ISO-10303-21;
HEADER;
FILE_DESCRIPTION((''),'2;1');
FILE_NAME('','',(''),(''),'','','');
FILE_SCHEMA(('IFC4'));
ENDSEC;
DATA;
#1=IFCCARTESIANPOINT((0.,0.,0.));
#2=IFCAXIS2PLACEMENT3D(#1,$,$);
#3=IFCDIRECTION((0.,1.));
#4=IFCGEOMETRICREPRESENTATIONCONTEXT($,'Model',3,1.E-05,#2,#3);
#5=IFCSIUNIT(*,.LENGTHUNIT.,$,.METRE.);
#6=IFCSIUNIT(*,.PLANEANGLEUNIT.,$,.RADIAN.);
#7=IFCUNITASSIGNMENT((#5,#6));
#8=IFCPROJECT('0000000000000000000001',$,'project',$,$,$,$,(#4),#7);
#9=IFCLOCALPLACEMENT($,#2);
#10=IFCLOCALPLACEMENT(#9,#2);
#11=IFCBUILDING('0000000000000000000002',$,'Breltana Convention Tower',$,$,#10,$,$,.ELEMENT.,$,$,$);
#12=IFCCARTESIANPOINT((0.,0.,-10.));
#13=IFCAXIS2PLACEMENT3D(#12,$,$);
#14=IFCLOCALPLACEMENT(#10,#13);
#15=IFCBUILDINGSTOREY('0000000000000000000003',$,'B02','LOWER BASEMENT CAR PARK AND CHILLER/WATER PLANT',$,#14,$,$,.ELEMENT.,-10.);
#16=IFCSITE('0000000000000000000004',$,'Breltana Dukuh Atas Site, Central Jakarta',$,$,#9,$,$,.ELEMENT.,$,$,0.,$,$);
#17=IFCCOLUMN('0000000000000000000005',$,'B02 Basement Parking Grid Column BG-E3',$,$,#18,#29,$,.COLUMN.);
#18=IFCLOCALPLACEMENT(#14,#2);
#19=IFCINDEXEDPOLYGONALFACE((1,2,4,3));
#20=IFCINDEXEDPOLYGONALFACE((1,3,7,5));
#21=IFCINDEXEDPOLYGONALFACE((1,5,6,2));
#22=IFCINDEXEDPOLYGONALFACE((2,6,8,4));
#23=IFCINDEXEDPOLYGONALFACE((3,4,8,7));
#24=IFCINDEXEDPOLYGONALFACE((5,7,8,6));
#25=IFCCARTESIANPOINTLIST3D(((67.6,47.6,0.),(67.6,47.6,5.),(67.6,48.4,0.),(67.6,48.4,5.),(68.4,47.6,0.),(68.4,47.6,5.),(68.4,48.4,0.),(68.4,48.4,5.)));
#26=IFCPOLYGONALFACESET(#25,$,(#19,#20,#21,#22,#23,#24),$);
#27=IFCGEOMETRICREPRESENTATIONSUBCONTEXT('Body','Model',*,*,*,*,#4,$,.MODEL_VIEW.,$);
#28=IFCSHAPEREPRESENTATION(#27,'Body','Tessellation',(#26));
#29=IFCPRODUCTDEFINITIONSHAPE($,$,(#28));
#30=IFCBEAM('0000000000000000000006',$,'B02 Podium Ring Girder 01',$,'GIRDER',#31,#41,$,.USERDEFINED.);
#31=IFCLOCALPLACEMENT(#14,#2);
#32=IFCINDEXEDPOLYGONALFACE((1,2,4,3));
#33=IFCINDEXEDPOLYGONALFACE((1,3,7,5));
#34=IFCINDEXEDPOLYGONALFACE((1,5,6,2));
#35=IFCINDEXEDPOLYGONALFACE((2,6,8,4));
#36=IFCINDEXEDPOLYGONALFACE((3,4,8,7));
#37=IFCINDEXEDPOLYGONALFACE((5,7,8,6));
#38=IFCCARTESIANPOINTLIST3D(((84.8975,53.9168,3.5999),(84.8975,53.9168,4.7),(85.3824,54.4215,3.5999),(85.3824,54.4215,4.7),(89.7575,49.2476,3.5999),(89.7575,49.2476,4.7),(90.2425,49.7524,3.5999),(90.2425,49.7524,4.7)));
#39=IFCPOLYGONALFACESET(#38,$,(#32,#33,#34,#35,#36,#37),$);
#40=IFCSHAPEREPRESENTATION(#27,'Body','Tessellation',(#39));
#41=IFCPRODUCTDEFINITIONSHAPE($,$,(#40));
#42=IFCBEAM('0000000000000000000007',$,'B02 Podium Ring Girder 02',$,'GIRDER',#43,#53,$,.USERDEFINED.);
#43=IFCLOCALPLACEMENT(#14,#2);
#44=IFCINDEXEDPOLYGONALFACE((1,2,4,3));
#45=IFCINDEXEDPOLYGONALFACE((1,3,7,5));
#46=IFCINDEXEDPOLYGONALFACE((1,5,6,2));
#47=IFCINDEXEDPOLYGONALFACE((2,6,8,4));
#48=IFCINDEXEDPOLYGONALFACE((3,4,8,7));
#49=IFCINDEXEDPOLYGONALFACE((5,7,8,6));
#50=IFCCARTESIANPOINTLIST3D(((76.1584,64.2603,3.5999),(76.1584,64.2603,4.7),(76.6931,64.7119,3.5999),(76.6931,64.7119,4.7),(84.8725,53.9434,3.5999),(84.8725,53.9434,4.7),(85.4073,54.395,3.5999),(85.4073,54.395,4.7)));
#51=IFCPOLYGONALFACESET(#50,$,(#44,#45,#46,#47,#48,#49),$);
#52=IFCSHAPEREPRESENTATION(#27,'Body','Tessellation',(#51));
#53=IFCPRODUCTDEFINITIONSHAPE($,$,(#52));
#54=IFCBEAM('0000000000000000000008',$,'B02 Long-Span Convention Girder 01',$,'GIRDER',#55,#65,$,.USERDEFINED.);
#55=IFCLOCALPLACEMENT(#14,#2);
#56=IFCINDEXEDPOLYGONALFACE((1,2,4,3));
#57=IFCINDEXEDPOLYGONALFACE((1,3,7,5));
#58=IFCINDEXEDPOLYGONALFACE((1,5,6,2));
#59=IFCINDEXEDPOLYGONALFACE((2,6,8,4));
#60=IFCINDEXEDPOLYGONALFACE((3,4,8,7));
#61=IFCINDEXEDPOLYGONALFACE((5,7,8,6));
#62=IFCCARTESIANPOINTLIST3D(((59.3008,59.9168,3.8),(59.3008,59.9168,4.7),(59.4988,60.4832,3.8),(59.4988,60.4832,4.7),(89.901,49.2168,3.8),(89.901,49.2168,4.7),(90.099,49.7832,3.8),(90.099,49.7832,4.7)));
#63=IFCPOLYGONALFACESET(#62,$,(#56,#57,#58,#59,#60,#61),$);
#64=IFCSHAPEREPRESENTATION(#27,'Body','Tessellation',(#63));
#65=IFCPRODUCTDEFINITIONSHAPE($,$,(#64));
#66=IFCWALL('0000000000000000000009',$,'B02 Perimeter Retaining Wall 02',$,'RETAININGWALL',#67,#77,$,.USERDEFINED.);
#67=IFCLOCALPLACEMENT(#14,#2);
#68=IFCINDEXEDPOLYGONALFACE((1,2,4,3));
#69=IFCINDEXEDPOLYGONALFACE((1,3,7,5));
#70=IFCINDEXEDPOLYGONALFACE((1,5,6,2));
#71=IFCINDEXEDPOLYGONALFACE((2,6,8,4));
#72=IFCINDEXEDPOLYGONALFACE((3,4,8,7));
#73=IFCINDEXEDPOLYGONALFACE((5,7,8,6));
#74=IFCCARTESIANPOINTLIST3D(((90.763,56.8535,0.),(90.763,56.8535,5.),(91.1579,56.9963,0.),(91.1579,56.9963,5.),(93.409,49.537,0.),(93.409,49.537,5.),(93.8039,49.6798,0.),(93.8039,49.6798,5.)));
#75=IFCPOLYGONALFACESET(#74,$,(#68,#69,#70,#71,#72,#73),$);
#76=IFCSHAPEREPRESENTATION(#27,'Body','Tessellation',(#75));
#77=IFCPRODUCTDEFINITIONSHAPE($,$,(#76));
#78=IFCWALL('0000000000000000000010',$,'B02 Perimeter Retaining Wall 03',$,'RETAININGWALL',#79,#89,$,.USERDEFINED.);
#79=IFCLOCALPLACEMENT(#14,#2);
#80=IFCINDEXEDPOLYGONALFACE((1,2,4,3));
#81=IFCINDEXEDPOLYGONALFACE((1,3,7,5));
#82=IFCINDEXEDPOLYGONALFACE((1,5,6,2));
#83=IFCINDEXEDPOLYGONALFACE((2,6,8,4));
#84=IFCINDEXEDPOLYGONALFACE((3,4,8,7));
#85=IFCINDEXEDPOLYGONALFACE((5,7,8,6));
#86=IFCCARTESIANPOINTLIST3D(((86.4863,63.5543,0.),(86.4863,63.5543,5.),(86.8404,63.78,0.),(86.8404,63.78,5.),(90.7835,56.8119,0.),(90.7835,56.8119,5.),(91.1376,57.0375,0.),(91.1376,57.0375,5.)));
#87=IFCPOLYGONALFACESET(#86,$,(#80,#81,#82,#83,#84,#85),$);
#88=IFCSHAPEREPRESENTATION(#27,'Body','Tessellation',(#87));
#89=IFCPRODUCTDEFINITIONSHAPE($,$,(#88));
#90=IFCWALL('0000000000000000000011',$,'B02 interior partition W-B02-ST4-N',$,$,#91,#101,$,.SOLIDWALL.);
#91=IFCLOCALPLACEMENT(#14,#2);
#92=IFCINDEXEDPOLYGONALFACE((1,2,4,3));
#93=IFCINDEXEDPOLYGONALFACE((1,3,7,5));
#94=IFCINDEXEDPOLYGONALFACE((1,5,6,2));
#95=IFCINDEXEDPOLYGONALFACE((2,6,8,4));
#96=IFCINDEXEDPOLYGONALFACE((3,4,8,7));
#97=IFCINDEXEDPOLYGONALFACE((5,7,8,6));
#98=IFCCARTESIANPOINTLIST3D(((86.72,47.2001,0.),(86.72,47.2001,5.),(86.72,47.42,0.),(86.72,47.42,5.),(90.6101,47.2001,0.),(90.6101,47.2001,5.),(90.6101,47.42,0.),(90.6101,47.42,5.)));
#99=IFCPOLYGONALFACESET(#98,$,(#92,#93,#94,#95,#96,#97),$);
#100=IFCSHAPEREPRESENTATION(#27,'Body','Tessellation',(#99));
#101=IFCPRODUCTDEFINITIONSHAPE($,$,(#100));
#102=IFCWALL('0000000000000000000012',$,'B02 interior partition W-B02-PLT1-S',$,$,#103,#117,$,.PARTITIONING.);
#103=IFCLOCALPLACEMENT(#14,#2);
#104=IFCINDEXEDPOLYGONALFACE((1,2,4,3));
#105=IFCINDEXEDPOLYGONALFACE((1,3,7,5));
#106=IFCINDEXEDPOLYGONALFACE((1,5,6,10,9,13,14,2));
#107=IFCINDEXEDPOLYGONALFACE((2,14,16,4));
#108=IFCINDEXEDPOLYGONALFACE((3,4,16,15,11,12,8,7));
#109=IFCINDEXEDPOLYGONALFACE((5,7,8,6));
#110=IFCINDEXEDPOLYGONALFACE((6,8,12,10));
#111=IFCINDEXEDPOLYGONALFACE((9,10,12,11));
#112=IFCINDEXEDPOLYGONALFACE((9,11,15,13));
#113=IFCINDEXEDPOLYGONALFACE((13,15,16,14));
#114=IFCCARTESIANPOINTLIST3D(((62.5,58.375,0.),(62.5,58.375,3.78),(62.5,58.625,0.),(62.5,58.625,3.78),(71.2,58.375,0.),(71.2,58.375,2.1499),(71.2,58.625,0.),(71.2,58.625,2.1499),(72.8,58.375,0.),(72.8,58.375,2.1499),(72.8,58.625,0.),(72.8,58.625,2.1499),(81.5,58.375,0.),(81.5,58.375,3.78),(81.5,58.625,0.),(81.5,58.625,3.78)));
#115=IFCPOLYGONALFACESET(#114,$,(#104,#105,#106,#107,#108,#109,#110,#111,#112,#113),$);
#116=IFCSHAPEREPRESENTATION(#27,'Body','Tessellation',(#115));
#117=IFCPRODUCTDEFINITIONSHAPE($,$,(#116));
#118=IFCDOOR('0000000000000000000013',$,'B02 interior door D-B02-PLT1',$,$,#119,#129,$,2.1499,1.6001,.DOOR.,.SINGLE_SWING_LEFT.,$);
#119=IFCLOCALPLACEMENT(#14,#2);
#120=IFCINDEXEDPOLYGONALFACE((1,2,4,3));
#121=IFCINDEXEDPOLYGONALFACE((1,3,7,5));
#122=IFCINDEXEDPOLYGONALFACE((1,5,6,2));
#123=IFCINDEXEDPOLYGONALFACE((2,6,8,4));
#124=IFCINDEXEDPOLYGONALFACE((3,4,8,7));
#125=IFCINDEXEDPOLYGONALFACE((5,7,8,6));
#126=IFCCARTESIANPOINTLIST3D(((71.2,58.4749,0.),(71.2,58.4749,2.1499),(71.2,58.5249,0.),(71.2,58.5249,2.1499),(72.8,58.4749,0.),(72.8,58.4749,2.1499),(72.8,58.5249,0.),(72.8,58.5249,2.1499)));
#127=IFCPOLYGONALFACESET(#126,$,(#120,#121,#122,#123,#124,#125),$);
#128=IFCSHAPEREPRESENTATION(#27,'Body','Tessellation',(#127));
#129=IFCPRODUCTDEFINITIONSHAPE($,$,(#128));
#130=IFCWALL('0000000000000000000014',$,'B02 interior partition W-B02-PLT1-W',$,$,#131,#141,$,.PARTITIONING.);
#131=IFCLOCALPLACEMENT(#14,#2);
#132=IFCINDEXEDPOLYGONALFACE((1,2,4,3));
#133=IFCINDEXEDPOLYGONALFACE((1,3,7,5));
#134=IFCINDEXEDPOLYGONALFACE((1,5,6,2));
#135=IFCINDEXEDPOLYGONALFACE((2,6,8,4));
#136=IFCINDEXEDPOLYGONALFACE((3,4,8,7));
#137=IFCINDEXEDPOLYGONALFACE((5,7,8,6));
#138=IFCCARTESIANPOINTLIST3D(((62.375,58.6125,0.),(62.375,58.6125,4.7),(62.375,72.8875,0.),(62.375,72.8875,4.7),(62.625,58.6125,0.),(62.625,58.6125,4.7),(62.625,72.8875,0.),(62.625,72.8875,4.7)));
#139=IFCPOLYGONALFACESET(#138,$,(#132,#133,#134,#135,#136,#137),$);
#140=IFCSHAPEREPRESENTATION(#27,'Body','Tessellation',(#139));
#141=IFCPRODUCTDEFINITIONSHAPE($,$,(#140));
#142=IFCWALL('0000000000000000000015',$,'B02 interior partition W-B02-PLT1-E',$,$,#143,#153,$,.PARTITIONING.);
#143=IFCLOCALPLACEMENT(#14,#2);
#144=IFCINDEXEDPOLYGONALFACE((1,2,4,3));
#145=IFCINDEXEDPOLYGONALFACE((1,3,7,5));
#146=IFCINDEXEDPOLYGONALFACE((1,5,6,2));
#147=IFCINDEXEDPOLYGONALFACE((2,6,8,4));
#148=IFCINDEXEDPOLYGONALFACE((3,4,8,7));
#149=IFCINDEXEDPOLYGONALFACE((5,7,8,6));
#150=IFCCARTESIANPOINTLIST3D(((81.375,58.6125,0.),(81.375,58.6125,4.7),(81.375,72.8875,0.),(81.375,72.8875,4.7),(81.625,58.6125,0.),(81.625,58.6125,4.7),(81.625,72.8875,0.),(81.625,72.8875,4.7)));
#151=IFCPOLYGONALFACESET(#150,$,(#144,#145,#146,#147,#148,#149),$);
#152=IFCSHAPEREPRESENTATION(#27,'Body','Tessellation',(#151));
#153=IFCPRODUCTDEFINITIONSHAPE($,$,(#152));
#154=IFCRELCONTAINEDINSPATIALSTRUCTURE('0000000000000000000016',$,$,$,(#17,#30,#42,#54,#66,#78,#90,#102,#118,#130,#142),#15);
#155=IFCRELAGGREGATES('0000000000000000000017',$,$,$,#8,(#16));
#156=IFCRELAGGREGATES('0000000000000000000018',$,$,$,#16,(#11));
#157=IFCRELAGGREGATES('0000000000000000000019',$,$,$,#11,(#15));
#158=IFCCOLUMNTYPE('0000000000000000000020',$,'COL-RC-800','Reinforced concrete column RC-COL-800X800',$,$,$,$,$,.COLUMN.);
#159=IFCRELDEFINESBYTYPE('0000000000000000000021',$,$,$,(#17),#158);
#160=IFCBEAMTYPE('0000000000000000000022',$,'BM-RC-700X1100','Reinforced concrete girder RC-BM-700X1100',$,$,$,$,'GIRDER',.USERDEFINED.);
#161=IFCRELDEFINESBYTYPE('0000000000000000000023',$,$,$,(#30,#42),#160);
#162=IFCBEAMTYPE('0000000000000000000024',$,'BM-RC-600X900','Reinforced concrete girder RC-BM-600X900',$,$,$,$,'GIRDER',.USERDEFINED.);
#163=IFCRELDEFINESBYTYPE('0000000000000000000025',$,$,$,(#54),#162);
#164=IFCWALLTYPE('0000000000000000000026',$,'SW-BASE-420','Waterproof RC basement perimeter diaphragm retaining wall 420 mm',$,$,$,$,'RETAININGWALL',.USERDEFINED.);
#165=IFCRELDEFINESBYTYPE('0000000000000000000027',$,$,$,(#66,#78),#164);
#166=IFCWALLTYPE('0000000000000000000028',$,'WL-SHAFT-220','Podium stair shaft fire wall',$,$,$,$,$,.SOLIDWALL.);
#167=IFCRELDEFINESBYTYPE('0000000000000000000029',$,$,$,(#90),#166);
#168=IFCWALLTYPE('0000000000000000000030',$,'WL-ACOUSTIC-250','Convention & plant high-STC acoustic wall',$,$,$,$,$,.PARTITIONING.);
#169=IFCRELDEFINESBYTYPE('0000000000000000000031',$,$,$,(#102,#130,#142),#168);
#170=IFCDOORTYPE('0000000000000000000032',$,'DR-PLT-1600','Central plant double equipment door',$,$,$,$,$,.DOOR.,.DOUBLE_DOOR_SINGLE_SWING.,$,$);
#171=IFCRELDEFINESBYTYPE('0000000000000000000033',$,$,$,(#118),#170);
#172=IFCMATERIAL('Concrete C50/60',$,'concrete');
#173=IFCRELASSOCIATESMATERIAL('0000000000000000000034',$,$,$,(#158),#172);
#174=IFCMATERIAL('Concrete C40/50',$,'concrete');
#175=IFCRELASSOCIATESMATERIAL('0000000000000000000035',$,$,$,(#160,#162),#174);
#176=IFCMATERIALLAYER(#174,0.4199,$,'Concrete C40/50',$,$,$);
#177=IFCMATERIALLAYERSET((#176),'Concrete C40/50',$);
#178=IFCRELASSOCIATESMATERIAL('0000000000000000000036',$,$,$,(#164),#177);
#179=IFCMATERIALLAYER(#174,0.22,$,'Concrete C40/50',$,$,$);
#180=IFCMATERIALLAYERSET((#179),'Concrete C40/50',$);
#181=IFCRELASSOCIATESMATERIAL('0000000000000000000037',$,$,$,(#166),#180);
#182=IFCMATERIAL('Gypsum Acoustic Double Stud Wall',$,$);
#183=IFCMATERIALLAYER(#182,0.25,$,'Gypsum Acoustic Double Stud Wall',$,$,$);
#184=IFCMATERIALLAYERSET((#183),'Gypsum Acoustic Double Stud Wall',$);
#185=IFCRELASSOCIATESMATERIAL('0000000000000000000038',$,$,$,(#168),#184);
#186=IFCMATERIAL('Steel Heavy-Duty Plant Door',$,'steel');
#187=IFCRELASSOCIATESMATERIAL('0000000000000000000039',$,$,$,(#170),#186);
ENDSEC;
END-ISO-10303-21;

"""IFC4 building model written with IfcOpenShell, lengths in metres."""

from ifc_helpers import new_model, si_unit, direction, frame, frame_2d, origin, origin_2d, place, context, subcontext, project, spatial, rectangle, extrude, source, transform, mapped, material, layer, layer_set, material_profile, profile_set, type_object, type_shapes, element, fill, save


model = new_model("IFC4")

# Units and contexts
model_context = context("Model", 3, precision=1e-05, world=origin(), true_north=direction((0.0, 1.0)))
body_context = subcontext(model_context, "Body", "Model", "MODEL_VIEW")
ifc_project = project(units=[si_unit("LENGTHUNIT", "METRE"), si_unit("PLANEANGLEUNIT", "RADIAN")], contexts=[model_context])

# Site, building, storey
site_placement = place(None, origin())
site = spatial("IfcSite", under=ifc_project, at=site_placement, Name="Breltana Dukuh Atas Site, Central Jakarta", CompositionType="ELEMENT", RefElevation=0.0)
building_placement = place(site_placement, origin())
building = spatial("IfcBuilding", under=site, at=building_placement, Name="Breltana Convention Tower", CompositionType="ELEMENT")
storey_placement = place(building_placement, frame((0.0, 0.0, -10.0)))
storey = spatial("IfcBuildingStorey", under=building, at=storey_placement, Name="B02", Description="LOWER BASEMENT CAR PARK AND CHILLER/WATER PLANT", CompositionType="ELEMENT", Elevation=-10.0)

# Shared definitions
ifc_material_1 = material(Name="Concrete C40/50", Category="concrete")

# Column
ifc_material_2 = material(Name="Concrete C50/60", Category="concrete")
ifc_material_profile_1 = material_profile(ifc_material_2, rectangle(XDim=0.8, YDim=0.8, at=origin_2d()), Name="RC-COL-800X800")
ifc_profile_set_1 = profile_set([ifc_material_profile_1], Name="Concrete C50/60")
column_type_1 = type_object("IfcColumnType", Name="COL-RC-800", Description="Reinforced concrete column RC-COL-800X800", PredefinedType="COLUMN", material=ifc_profile_set_1)
shared_shape_1 = source(origin(), body_context, "Body", "SweptSolid", [
    extrude(rectangle(XDim=0.8, YDim=0.8, at=origin_2d()), origin(), (0.0, 0.0, 1.0), 5.0),
])
type_shapes(column_type_1, [shared_shape_1])
column_placement = place(storey_placement, frame((68.0, 48.0, 0.0), z_axis=(0.0, 0.0, 1.0), x_axis=(1.0, 0.0, 0.0)))
element("IfcColumn", 1, at=column_placement, inside=storey, type_object=column_type_1, Name="B02 Basement Parking Grid Column BG-E3", PredefinedType="COLUMN", context=body_context, shape_type="MappedRepresentation", body=[
    mapped(shared_shape_1, transform((0.0, 0.0, 0.0), scale=1.0)),
])

# Beams
ifc_material_profile_2 = material_profile(ifc_material_1, rectangle(XDim=0.7, YDim=1.1001, at=origin_2d()), Name="RC-BM-700X1100")
ifc_profile_set_2 = profile_set([ifc_material_profile_2], Name="Concrete C40/50")
beam_type_1 = type_object("IfcBeamType", Name="BM-RC-700X1100", Description="Reinforced concrete girder RC-BM-700X1100", ElementType="GIRDER", PredefinedType="USERDEFINED", material=ifc_profile_set_2)
shared_shape_2 = source(origin(), body_context, "Body", "SweptSolid", [
    extrude(rectangle(XDim=0.7, YDim=1.1001, at=origin_2d()), origin(), (0.0, 0.0, 1.0), 6.7395),
])
type_shapes(beam_type_1, [shared_shape_2])
beam_1_placement = place(storey_placement, frame((90.0, 49.5, 4.1499), z_axis=(-0.721129, 0.692801, 0.0), x_axis=(-0.692801, -0.721129, 0.0)))
element("IfcBeam", 2, at=beam_1_placement, inside=storey, type_object=beam_type_1, Name="B02 Podium Ring Girder 01", ObjectType="GIRDER", PredefinedType="USERDEFINED", context=body_context, shape_type="MappedRepresentation", body=[
    mapped(shared_shape_2, transform((0.0, 0.0, 0.0), scale=1.0)),
])
shared_shape_3 = source(origin(), body_context, "Body", "SweptSolid", [
    extrude(rectangle(XDim=0.7, YDim=1.1001, at=origin_2d()), origin(), (0.0, 0.0, 1.0), 13.5046),
])
beam_2_placement = place(storey_placement, frame((85.1399, 54.1692, 4.1499), z_axis=(-0.64527, 0.763954, 0.0), x_axis=(-0.763954, -0.64527, 0.0)))
element("IfcBeam", 3, at=beam_2_placement, inside=storey, type_object=beam_type_1, Name="B02 Podium Ring Girder 02", ObjectType="GIRDER", PredefinedType="USERDEFINED", context=body_context, shape_type="MappedRepresentation", body=[
    mapped(shared_shape_3, transform((0.0, 0.0, 0.0), scale=1.0)),
])
ifc_material_profile_3 = material_profile(ifc_material_1, rectangle(XDim=0.6001, YDim=0.8999, at=origin_2d()), Name="RC-BM-600X900")
ifc_profile_set_3 = profile_set([ifc_material_profile_3], Name="Concrete C40/50")
beam_type_2 = type_object("IfcBeamType", Name="BM-RC-600X900", Description="Reinforced concrete girder RC-BM-600X900", ElementType="GIRDER", PredefinedType="USERDEFINED", material=ifc_profile_set_3)
shared_shape_4 = source(origin(), body_context, "Body", "SweptSolid", [
    extrude(rectangle(XDim=0.6001, YDim=0.8999, at=origin_2d()), origin(), (0.0, 0.0, 1.0), 32.417),
])
type_shapes(beam_type_2, [shared_shape_4])
beam_3_placement = place(storey_placement, frame((90.0, 49.5, 4.25), z_axis=(-0.943955, 0.330073, 0.0), x_axis=(-0.330073, -0.943955, 0.0)))
element("IfcBeam", 4, at=beam_3_placement, inside=storey, type_object=beam_type_2, Name="B02 Long-Span Convention Girder 01", ObjectType="GIRDER", PredefinedType="USERDEFINED", context=body_context, shape_type="MappedRepresentation", body=[
    mapped(shared_shape_4, transform((0.0, 0.0, 0.0), scale=1.0)),
])

# Walls
ifc_layer_1 = layer(ifc_material_1, 0.4199, Name="Concrete C40/50")
ifc_layer_set_1 = layer_set([ifc_layer_1], Name="Concrete C40/50")
wall_type_1 = type_object("IfcWallType", Name="SW-BASE-420", Description="Waterproof RC basement perimeter diaphragm retaining wall 420 mm", ElementType="RETAININGWALL", PredefinedType="USERDEFINED", material=ifc_layer_set_1)
shared_shape_5 = source(origin(), body_context, "Body", "SweptSolid", [
    extrude(rectangle(XDim=7.7803, YDim=0.4199, at=frame_2d((3.8901, 0.0))), origin(), (0.0, 0.0, 1.0), 5.0),
])
wall_1_placement = place(storey_placement, frame((93.6064, 49.6084, 0.0), z_axis=(0.0, 0.0, 1.0), x_axis=(-0.340095, 0.940391, 0.0)))
element("IfcWall", 5, at=wall_1_placement, inside=storey, type_object=wall_type_1, Name="B02 Perimeter Retaining Wall 02", ObjectType="RETAININGWALL", PredefinedType="USERDEFINED", context=body_context, shape_type="MappedRepresentation", body=[
    mapped(shared_shape_5, transform((0.0, 0.0, 0.0), scale=1.0)),
])
shared_shape_6 = source(origin(), body_context, "Body", "SweptSolid", [
    extrude(rectangle(XDim=7.9954, YDim=0.4199, at=frame_2d((3.9976, 0.0))), origin(), (0.0, 0.0, 1.0), 5.0),
])
wall_2_placement = place(storey_placement, frame((90.9604, 56.9248, 0.0), z_axis=(0.0, 0.0, 1.0), x_axis=(-0.537452, 0.843294, 0.0)))
element("IfcWall", 6, at=wall_2_placement, inside=storey, type_object=wall_type_1, Name="B02 Perimeter Retaining Wall 03", ObjectType="RETAININGWALL", PredefinedType="USERDEFINED", context=body_context, shape_type="MappedRepresentation", body=[
    mapped(shared_shape_6, transform((0.0, 0.0, 0.0), scale=1.0)),
])
ifc_layer_2 = layer(ifc_material_1, 0.22, Name="Concrete C40/50")
ifc_layer_set_2 = layer_set([ifc_layer_2], Name="Concrete C40/50")
wall_type_2 = type_object("IfcWallType", Name="WL-SHAFT-220", Description="Podium stair shaft fire wall", PredefinedType="SOLIDWALL", material=ifc_layer_set_2)
shared_shape_7 = source(origin(), body_context, "Body", "SweptSolid", [
    extrude(rectangle(XDim=3.8901, YDim=0.22, at=frame_2d((1.9451, 0.0))), origin(), (0.0, 0.0, 1.0), 5.0),
])
type_shapes(wall_type_2, [shared_shape_7])
wall_3_placement = place(storey_placement, frame((86.72, 47.3101, 0.0), z_axis=(0.0, 0.0, 1.0), x_axis=(1.0, 0.0, 0.0)))
element("IfcWall", 7, at=wall_3_placement, inside=storey, type_object=wall_type_2, Name="B02 interior partition W-B02-ST4-N", PredefinedType="SOLIDWALL", context=body_context, shape_type="MappedRepresentation", body=[
    mapped(shared_shape_7, transform((0.0, 0.0, 0.0), scale=1.0)),
])

# Wall, opening, door
ifc_material_3 = material(Name="Gypsum Acoustic Double Stud Wall")
ifc_layer_3 = layer(ifc_material_3, 0.25, Name="Gypsum Acoustic Double Stud Wall")
ifc_layer_set_3 = layer_set([ifc_layer_3], Name="Gypsum Acoustic Double Stud Wall")
wall_type_3 = type_object("IfcWallType", Name="WL-ACOUSTIC-250", Description="Convention & plant high-STC acoustic wall", PredefinedType="PARTITIONING", material=ifc_layer_set_3)
shared_shape_8 = source(origin(), body_context, "Body", "SweptSolid", [
    extrude(rectangle(XDim=19.0, YDim=0.25, at=frame_2d((9.5, 0.0))), origin(), (0.0, 0.0, 1.0), 3.78),
])
type_shapes(wall_type_3, [shared_shape_8])
wall_4_placement = place(storey_placement, frame((62.5, 58.5, 0.0), z_axis=(0.0, 0.0, 1.0), x_axis=(1.0, 0.0, 0.0)))
wall_4 = element("IfcWall", 8, at=wall_4_placement, inside=storey, type_object=wall_type_3, Name="B02 interior partition W-B02-PLT1-S", PredefinedType="PARTITIONING", context=body_context, shape_type="MappedRepresentation", body=[
    mapped(shared_shape_8, transform((0.0, 0.0, 0.0), scale=1.0)),
])
opening_placement = place(wall_4_placement, frame((8.7, 0.0, 0.0)))
opening = element("IfcOpeningElement", 9, at=opening_placement, cuts=wall_4, PredefinedType="OPENING", context=body_context, shape_type="SweptSolid", body=[
    extrude(rectangle(XDim=1.6001, YDim=2.1499, at=frame_2d((0.8, 1.075))), frame((0.0, 0.135, 0.0), z_axis=(0.0, -1.0, 0.0), x_axis=(1.0, 0.0, 0.0)), (0.0, 0.0, 1.0), 0.27),
])
ifc_material_4 = material(Name="Steel Heavy-Duty Plant Door", Category="steel")
door_type = type_object("IfcDoorType", Name="DR-PLT-1600", Description="Central plant double equipment door", OperationType="DOUBLE_DOOR_SINGLE_SWING", PredefinedType="DOOR", material=ifc_material_4)
shared_shape_9 = source(origin(), body_context, "Body", "SweptSolid", [
    extrude(rectangle(XDim=1.6001, YDim=2.1499, at=frame_2d((0.8, 1.075))), frame((0.0, 0.0249, 0.0), z_axis=(0.0, -1.0, 0.0), x_axis=(1.0, 0.0, 0.0)), (0.0, 0.0, 1.0), 0.05),
])
type_shapes(door_type, [shared_shape_9])
door_placement = place(opening_placement, origin())
door = element("IfcDoor", 10, at=door_placement, inside=storey, type_object=door_type, Name="B02 interior door D-B02-PLT1", OperationType="SINGLE_SWING_LEFT", OverallHeight=2.1499, OverallWidth=1.6001, PredefinedType="DOOR", context=body_context, shape_type="MappedRepresentation", body=[
    mapped(shared_shape_9, transform((0.0, 0.0, 0.0), scale=1.0)),
])
fill(opening, door)

# Walls
shared_shape_10 = source(origin(), body_context, "Body", "SweptSolid", [
    extrude(rectangle(XDim=14.2749, YDim=0.25, at=frame_2d((7.1375, 0.0))), origin(), (0.0, 0.0, 1.0), 4.7),
])
for number, where, z_axis, x_axis, name in (
    (11, (62.5, 58.6125, 0.0), (0.0, 0.0, 1.0), (0.0, 1.0, 0.0), "B02 interior partition W-B02-PLT1-W"),
    (12, (81.5, 58.6125, 0.0), (0.0, 0.0, 1.0), (0.0, 1.0, 0.0), "B02 interior partition W-B02-PLT1-E"),
):
    element("IfcWall", number, at=place(storey_placement, frame(where, z_axis=z_axis, x_axis=x_axis)), inside=storey, type_object=wall_type_3, Name=name, PredefinedType="PARTITIONING", context=body_context, shape_type="MappedRepresentation", body=[
        mapped(shared_shape_10, transform((0.0, 0.0, 0.0), scale=1.0)),
    ])

save(model, "model.ifc")
